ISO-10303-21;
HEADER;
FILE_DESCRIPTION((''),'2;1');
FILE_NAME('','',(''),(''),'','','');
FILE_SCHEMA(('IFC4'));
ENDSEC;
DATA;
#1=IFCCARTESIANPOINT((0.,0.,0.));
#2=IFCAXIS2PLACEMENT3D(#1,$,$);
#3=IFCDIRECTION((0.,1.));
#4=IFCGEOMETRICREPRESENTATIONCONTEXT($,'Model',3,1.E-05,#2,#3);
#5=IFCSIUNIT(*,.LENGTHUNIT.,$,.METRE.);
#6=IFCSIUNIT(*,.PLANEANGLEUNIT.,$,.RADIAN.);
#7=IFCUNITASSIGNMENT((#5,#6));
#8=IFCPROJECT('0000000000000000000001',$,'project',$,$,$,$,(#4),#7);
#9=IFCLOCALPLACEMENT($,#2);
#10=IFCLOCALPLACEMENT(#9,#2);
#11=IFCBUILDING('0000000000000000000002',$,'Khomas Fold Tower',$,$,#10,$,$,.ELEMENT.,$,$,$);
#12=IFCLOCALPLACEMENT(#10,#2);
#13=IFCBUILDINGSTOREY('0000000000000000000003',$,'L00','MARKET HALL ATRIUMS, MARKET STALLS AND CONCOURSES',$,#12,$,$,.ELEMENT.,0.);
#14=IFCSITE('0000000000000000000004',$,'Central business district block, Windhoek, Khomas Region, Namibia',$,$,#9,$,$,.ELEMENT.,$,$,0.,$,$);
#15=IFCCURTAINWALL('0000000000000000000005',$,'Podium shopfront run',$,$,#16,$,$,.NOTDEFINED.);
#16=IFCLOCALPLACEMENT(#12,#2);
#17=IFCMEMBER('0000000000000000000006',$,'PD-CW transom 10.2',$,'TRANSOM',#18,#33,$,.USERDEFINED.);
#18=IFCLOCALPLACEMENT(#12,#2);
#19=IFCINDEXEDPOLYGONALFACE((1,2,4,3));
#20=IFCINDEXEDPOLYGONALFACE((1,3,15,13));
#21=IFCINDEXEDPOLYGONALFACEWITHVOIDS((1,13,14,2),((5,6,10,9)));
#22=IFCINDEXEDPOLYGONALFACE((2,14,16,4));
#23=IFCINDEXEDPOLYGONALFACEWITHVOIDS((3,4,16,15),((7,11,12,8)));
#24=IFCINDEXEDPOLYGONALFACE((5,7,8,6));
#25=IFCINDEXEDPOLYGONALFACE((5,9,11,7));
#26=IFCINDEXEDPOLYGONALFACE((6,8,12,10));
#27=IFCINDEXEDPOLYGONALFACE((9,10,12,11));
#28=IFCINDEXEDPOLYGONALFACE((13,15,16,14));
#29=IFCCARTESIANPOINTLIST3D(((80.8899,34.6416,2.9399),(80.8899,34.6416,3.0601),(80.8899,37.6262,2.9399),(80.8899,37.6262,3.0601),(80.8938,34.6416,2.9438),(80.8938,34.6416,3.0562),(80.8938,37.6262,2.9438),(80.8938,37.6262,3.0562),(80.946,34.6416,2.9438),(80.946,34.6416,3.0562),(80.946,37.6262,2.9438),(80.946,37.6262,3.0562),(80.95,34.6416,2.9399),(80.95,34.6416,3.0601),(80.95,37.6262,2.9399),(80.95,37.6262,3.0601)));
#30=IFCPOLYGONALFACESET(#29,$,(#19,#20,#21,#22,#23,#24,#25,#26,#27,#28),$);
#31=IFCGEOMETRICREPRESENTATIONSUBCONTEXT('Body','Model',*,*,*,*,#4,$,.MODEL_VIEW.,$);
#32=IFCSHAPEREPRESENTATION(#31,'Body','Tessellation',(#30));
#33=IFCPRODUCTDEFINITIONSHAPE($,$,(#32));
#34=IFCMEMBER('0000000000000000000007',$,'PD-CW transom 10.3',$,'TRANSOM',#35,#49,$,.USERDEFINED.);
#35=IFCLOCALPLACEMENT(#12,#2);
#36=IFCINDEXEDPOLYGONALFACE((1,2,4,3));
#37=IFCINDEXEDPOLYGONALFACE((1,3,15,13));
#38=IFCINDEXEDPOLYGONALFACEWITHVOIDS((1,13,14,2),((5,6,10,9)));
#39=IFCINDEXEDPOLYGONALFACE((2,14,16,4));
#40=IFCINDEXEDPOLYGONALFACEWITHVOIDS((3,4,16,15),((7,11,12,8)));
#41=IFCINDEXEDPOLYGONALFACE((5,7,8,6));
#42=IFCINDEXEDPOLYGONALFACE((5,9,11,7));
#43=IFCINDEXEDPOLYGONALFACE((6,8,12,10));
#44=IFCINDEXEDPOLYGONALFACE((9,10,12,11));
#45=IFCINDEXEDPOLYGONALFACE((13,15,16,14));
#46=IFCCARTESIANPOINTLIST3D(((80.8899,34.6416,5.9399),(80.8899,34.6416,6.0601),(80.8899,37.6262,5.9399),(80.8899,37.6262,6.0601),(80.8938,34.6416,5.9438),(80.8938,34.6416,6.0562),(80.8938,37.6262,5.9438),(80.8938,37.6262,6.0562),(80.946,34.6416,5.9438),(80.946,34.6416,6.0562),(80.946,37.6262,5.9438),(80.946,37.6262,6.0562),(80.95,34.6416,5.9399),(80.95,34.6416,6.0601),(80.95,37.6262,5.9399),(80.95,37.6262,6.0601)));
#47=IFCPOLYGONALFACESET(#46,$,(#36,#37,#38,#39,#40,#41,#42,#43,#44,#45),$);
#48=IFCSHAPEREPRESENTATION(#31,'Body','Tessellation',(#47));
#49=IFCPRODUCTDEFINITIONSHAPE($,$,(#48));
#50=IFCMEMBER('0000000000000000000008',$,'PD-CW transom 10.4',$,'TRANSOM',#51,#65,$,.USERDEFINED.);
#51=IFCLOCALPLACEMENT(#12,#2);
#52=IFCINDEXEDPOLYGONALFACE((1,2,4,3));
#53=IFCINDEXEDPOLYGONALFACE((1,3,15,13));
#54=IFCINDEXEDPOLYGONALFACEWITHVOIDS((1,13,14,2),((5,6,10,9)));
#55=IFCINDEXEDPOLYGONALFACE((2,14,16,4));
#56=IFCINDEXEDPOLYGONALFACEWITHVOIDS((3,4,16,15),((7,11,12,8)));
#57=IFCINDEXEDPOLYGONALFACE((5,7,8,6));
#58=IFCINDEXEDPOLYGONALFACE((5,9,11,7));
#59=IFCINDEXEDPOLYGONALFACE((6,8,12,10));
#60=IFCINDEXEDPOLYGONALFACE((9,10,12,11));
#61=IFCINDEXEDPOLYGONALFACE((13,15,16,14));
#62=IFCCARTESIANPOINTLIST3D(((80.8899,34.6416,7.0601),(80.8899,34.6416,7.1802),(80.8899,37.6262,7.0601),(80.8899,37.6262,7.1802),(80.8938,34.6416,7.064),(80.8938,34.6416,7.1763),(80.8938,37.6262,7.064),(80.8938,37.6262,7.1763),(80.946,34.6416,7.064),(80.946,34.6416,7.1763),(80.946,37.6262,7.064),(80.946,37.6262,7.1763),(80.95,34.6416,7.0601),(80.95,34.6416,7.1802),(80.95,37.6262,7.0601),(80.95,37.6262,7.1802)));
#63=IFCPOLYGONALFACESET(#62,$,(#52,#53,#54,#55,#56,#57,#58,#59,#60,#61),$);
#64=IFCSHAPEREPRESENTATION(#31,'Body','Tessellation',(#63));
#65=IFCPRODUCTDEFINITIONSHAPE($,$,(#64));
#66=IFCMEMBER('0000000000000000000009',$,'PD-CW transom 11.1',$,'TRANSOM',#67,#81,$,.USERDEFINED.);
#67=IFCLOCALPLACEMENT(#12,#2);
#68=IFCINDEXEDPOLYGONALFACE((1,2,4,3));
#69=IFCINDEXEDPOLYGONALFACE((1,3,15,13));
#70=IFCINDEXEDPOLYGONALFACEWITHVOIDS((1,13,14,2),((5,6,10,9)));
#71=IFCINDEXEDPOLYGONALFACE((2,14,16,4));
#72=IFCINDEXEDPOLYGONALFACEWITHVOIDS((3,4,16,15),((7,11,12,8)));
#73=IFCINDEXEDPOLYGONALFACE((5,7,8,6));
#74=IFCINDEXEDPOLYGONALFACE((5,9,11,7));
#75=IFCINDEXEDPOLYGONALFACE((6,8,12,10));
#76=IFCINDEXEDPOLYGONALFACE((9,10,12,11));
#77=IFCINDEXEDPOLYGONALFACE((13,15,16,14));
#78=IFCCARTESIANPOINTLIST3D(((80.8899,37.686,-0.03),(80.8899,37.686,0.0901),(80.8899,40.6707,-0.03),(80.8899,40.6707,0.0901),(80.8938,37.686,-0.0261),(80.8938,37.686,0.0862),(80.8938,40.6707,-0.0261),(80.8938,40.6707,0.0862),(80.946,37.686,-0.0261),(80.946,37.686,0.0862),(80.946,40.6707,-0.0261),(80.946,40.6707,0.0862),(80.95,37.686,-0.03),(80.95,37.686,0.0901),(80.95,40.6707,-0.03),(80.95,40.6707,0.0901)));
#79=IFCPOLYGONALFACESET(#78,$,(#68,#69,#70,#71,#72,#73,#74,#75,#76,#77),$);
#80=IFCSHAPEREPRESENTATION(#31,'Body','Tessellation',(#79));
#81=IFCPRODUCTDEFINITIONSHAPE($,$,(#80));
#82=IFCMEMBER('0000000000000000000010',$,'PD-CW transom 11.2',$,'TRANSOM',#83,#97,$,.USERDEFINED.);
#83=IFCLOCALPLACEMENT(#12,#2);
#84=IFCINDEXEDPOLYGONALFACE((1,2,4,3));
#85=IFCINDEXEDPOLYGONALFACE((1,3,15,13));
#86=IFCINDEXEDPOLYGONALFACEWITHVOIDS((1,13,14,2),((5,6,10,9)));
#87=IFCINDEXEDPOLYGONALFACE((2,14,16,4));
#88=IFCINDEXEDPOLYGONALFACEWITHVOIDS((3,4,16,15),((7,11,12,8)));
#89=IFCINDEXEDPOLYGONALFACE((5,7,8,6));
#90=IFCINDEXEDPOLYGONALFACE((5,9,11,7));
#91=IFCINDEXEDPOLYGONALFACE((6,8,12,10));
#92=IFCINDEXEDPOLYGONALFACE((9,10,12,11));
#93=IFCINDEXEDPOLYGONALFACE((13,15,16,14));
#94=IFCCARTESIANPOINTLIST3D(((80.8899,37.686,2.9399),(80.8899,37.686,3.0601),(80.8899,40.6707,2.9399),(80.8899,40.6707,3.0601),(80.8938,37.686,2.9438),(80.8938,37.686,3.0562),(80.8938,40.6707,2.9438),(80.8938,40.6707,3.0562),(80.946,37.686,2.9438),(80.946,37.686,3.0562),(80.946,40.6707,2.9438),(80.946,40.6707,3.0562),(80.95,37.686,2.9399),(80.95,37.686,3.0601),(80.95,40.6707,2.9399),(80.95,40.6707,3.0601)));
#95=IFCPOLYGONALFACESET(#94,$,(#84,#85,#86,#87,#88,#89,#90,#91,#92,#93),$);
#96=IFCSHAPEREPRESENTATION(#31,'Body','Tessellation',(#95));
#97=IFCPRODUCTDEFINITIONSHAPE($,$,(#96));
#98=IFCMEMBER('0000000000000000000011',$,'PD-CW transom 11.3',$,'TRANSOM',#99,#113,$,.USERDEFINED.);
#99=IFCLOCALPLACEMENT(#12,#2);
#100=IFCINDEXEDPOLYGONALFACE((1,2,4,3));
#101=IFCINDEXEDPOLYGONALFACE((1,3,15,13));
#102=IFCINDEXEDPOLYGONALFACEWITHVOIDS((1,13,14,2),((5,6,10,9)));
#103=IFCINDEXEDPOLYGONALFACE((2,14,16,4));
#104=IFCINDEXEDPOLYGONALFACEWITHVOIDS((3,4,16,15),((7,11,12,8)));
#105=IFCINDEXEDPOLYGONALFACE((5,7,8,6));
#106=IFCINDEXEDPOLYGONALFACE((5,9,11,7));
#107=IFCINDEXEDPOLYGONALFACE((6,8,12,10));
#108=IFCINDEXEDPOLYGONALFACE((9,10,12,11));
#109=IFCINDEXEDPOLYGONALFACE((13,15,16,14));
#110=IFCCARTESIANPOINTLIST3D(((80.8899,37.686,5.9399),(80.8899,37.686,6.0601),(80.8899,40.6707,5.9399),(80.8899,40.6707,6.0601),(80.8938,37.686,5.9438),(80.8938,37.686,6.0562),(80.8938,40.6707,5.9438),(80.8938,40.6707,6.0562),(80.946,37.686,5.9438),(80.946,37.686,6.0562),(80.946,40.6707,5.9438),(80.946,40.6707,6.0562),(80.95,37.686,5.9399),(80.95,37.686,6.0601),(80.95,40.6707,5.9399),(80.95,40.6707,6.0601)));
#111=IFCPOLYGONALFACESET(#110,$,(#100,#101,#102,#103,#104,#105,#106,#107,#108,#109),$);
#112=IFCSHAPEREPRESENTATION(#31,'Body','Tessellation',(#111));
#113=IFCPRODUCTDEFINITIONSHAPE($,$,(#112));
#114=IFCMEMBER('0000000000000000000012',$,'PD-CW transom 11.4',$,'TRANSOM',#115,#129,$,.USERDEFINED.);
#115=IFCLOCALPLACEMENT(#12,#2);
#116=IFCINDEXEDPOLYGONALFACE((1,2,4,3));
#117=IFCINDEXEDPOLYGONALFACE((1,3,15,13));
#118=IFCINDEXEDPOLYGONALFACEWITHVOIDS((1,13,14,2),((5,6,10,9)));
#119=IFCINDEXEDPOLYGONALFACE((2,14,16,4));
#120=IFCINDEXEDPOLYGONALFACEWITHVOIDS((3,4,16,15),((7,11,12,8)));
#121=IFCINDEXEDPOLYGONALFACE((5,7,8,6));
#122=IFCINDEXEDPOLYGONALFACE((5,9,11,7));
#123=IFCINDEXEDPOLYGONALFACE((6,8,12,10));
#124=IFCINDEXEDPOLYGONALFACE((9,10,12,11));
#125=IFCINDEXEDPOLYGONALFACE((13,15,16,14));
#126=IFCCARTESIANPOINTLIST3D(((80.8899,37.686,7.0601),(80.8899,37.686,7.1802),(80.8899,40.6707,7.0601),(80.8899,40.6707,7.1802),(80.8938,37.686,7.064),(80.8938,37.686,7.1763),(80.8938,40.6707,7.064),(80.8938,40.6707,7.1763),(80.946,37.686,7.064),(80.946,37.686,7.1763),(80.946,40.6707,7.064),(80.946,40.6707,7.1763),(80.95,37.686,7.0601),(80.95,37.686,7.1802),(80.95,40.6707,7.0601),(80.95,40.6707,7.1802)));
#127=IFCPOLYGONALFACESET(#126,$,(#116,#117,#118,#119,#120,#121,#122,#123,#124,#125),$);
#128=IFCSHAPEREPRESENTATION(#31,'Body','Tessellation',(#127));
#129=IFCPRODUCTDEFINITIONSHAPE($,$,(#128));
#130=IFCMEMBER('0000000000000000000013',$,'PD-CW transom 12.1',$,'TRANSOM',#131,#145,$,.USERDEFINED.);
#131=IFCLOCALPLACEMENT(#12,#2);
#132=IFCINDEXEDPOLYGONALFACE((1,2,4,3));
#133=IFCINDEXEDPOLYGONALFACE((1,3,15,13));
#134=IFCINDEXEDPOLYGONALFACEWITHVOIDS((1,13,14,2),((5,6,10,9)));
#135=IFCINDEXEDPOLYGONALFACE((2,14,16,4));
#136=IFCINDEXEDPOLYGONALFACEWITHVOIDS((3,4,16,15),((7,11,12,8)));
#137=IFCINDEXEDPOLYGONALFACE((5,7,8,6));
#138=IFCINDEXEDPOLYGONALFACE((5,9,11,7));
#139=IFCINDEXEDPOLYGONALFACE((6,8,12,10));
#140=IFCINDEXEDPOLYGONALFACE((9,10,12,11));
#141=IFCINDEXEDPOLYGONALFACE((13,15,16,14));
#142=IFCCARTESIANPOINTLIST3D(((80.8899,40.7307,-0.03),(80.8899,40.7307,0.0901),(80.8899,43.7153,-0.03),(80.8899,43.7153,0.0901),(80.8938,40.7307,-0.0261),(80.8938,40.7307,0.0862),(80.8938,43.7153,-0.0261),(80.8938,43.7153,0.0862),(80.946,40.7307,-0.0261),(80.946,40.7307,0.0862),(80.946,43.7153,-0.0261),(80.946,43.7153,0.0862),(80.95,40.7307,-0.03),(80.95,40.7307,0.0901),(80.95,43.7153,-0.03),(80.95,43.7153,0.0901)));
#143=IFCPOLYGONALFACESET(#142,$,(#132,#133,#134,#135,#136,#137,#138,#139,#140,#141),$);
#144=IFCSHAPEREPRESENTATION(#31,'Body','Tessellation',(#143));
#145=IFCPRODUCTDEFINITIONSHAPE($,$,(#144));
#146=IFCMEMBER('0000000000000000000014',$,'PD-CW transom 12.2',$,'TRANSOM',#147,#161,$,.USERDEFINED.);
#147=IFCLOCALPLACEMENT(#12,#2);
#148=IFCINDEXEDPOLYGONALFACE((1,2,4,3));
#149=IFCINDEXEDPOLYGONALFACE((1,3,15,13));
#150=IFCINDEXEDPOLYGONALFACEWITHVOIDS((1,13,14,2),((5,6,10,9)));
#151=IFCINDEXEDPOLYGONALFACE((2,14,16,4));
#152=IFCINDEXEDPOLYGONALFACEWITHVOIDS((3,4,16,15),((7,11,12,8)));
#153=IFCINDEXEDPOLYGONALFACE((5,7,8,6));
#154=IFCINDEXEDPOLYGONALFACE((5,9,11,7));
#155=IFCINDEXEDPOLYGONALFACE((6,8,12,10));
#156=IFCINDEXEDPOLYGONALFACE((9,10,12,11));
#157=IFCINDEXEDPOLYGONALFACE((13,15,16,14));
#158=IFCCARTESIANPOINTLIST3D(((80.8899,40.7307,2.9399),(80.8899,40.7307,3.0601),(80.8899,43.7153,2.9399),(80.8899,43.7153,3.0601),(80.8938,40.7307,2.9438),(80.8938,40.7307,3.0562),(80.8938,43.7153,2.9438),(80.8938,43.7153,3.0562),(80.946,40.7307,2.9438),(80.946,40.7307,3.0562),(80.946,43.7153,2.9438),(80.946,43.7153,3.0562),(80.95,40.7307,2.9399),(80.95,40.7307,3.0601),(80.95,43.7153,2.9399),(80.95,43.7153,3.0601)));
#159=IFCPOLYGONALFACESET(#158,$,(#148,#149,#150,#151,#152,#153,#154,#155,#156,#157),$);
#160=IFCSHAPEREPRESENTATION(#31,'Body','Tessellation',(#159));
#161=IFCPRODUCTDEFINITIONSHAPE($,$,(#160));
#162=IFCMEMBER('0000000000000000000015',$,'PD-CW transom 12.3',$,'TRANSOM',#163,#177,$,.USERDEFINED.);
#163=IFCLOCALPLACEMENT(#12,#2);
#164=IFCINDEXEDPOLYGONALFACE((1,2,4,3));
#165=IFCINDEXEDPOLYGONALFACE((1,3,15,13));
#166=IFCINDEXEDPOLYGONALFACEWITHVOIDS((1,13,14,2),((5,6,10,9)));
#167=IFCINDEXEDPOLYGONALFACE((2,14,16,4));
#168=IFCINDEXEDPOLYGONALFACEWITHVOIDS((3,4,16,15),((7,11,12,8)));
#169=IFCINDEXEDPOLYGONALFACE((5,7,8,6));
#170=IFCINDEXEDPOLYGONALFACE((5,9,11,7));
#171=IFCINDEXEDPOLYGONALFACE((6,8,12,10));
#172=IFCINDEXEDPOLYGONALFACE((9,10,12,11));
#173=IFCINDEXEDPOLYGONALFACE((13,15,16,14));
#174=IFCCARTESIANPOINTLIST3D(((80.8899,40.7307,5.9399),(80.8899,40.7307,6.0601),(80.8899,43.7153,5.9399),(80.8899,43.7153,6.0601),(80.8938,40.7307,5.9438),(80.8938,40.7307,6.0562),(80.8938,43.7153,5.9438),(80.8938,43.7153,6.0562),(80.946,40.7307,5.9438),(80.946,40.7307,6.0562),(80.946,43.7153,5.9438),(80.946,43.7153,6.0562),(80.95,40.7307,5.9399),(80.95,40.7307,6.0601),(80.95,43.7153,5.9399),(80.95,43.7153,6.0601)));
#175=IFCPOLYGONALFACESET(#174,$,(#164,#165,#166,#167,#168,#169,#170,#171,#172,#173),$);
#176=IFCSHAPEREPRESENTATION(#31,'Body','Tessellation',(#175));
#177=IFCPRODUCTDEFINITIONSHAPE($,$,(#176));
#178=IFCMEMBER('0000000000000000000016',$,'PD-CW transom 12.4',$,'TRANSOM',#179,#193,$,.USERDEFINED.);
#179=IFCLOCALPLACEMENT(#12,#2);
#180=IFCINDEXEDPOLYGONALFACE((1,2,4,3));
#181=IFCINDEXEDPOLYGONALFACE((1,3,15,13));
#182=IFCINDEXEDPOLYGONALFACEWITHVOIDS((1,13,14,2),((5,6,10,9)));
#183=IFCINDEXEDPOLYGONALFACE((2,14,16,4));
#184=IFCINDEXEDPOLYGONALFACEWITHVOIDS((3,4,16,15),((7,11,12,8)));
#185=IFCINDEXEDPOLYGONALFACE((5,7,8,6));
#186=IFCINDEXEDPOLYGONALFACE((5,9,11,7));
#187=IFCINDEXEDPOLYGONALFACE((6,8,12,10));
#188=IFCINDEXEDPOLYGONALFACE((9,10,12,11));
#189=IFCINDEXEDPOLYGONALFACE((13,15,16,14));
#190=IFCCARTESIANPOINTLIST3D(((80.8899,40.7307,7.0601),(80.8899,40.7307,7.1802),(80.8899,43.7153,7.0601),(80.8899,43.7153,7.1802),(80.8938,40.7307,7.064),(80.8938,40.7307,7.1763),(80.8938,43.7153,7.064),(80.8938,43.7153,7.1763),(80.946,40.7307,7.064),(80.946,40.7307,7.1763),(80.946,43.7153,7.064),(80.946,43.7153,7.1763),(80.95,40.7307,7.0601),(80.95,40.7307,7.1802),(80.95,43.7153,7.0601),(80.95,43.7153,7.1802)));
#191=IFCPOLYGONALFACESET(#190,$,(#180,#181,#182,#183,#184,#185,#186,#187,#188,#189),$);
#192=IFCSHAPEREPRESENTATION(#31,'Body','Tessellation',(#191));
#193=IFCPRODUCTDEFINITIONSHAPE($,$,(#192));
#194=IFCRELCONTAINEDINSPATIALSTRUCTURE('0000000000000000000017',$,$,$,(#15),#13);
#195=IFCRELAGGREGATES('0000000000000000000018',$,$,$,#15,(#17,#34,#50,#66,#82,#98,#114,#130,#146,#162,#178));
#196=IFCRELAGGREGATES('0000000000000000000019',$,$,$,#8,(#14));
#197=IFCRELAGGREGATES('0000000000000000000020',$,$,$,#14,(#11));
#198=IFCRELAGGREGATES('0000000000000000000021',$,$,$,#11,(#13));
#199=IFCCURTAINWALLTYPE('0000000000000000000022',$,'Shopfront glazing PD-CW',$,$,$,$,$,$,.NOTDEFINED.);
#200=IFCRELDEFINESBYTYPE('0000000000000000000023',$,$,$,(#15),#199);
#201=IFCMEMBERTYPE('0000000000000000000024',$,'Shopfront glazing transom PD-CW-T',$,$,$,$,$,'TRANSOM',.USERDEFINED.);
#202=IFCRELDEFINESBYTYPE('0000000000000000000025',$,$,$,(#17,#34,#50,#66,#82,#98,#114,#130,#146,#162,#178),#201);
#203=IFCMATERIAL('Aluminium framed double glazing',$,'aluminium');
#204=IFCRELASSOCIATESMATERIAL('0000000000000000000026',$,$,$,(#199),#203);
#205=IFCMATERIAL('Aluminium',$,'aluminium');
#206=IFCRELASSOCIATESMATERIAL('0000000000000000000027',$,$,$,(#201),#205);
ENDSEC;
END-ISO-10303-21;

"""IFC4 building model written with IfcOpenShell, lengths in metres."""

from ifc_helpers import new_model, si_unit, direction, frame, origin, origin_2d, place, context, subcontext, project, spatial, hollow_rectangle, extrude, source, transform, mapped, material, material_profile, profile_set, type_object, element, aggregate, save


model = new_model("IFC4")

# Units and contexts
model_context = context("Model", 3, precision=1e-05, world=origin(), true_north=direction((0.0, 1.0)))
body_context = subcontext(model_context, "Body", "Model", "MODEL_VIEW")
ifc_project = project(units=[si_unit("LENGTHUNIT", "METRE"), si_unit("PLANEANGLEUNIT", "RADIAN")], contexts=[model_context])

# Site, building, storey
site_placement = place(None, origin())
site = spatial("IfcSite", under=ifc_project, at=site_placement, Name="Central business district block, Windhoek, Khomas Region, Namibia", CompositionType="ELEMENT", RefElevation=0.0)
building_placement = place(site_placement, origin())
building = spatial("IfcBuilding", under=site, at=building_placement, Name="Khomas Fold Tower", CompositionType="ELEMENT")
storey_placement = place(building_placement, origin())
storey = spatial("IfcBuildingStorey", under=building, at=storey_placement, Name="L00", Description="MARKET HALL ATRIUMS, MARKET STALLS AND CONCOURSES", CompositionType="ELEMENT", Elevation=0.0)

# Curtain wall, members
ifc_material_1 = material(Name="Aluminium framed double glazing", Category="aluminium")
curtain_wall_type = type_object("IfcCurtainWallType", Name="Shopfront glazing PD-CW", PredefinedType="NOTDEFINED", material=ifc_material_1)
curtain_wall_placement = place(storey_placement, origin())
curtain_wall = element("IfcCurtainWall", 1, at=curtain_wall_placement, inside=storey, type_object=curtain_wall_type, Name="Podium shopfront run", PredefinedType="NOTDEFINED")
ifc_material_2 = material(Name="Aluminium", Category="aluminium")
ifc_material_profile_1 = material_profile(ifc_material_2, hollow_rectangle(XDim=0.0601, YDim=0.1201, WallThickness=0.0039, at=origin_2d()), Name="Shopfront glazing transom PD-CW-T")
ifc_profile_set_1 = profile_set([ifc_material_profile_1], Name="Aluminium")
member_type_1 = type_object("IfcMemberType", Name="Shopfront glazing transom PD-CW-T", ElementType="TRANSOM", PredefinedType="USERDEFINED", material=ifc_profile_set_1)
shared_shape_1 = source(origin(), body_context, "Body", "SweptSolid", [
    extrude(hollow_rectangle(XDim=0.0601, YDim=0.1201, WallThickness=0.0039, at=origin_2d()), origin(), (0.0, 0.0, 1.0), 2.9846),
])
member_1_placement = place(storey_placement, frame((80.9199, 34.6416, 3.0), z_axis=(0.0, 1.0, 0.0), x_axis=(-1.0, 0.0, 0.0)))
member_1 = element("IfcMember", 2, at=member_1_placement, type_object=member_type_1, Name="PD-CW transom 10.2", ObjectType="TRANSOM", PredefinedType="USERDEFINED", context=body_context, shape_type="MappedRepresentation", body=[
    mapped(shared_shape_1, transform((0.0, 0.0, 0.0))),
])
member_2_placement = place(storey_placement, frame((80.9199, 34.6416, 6.0), z_axis=(0.0, 1.0, 0.0), x_axis=(-1.0, 0.0, 0.0)))
member_2 = element("IfcMember", 3, at=member_2_placement, type_object=member_type_1, Name="PD-CW transom 10.3", ObjectType="TRANSOM", PredefinedType="USERDEFINED", context=body_context, shape_type="MappedRepresentation", body=[
    mapped(shared_shape_1, transform((0.0, 0.0, 0.0))),
])
member_3_placement = place(storey_placement, frame((80.9199, 34.6416, 7.1201), z_axis=(0.0, 1.0, 0.0), x_axis=(-1.0, 0.0, 0.0)))
member_3 = element("IfcMember", 4, at=member_3_placement, type_object=member_type_1, Name="PD-CW transom 10.4", ObjectType="TRANSOM", PredefinedType="USERDEFINED", context=body_context, shape_type="MappedRepresentation", body=[
    mapped(shared_shape_1, transform((0.0, 0.0, 0.0))),
])
member_4_placement = place(storey_placement, frame((80.9199, 37.686, 0.03), z_axis=(0.0, 1.0, 0.0), x_axis=(-1.0, 0.0, 0.0)))
member_4 = element("IfcMember", 5, at=member_4_placement, type_object=member_type_1, Name="PD-CW transom 11.1", ObjectType="TRANSOM", PredefinedType="USERDEFINED", context=body_context, shape_type="MappedRepresentation", body=[
    mapped(shared_shape_1, transform((0.0, 0.0, 0.0))),
])
member_5_placement = place(storey_placement, frame((80.9199, 37.686, 3.0), z_axis=(0.0, 1.0, 0.0), x_axis=(-1.0, 0.0, 0.0)))
member_5 = element("IfcMember", 6, at=member_5_placement, type_object=member_type_1, Name="PD-CW transom 11.2", ObjectType="TRANSOM", PredefinedType="USERDEFINED", context=body_context, shape_type="MappedRepresentation", body=[
    mapped(shared_shape_1, transform((0.0, 0.0, 0.0))),
])
member_6_placement = place(storey_placement, frame((80.9199, 37.686, 6.0), z_axis=(0.0, 1.0, 0.0), x_axis=(-1.0, 0.0, 0.0)))
member_6 = element("IfcMember", 7, at=member_6_placement, type_object=member_type_1, Name="PD-CW transom 11.3", ObjectType="TRANSOM", PredefinedType="USERDEFINED", context=body_context, shape_type="MappedRepresentation", body=[
    mapped(shared_shape_1, transform((0.0, 0.0, 0.0))),
])
member_7_placement = place(storey_placement, frame((80.9199, 37.686, 7.1201), z_axis=(0.0, 1.0, 0.0), x_axis=(-1.0, 0.0, 0.0)))
member_7 = element("IfcMember", 8, at=member_7_placement, type_object=member_type_1, Name="PD-CW transom 11.4", ObjectType="TRANSOM", PredefinedType="USERDEFINED", context=body_context, shape_type="MappedRepresentation", body=[
    mapped(shared_shape_1, transform((0.0, 0.0, 0.0))),
])
member_8_placement = place(storey_placement, frame((80.9199, 40.7307, 0.03), z_axis=(0.0, 1.0, 0.0), x_axis=(-1.0, 0.0, 0.0)))
member_8 = element("IfcMember", 9, at=member_8_placement, type_object=member_type_1, Name="PD-CW transom 12.1", ObjectType="TRANSOM", PredefinedType="USERDEFINED", context=body_context, shape_type="MappedRepresentation", body=[
    mapped(shared_shape_1, transform((0.0, 0.0, 0.0))),
])
member_9_placement = place(storey_placement, frame((80.9199, 40.7307, 3.0), z_axis=(0.0, 1.0, 0.0), x_axis=(-1.0, 0.0, 0.0)))
member_9 = element("IfcMember", 10, at=member_9_placement, type_object=member_type_1, Name="PD-CW transom 12.2", ObjectType="TRANSOM", PredefinedType="USERDEFINED", context=body_context, shape_type="MappedRepresentation", body=[
    mapped(shared_shape_1, transform((0.0, 0.0, 0.0))),
])
member_10_placement = place(storey_placement, frame((80.9199, 40.7307, 6.0), z_axis=(0.0, 1.0, 0.0), x_axis=(-1.0, 0.0, 0.0)))
member_10 = element("IfcMember", 11, at=member_10_placement, type_object=member_type_1, Name="PD-CW transom 12.3", ObjectType="TRANSOM", PredefinedType="USERDEFINED", context=body_context, shape_type="MappedRepresentation", body=[
    mapped(shared_shape_1, transform((0.0, 0.0, 0.0))),
])
member_11_placement = place(storey_placement, frame((80.9199, 40.7307, 7.1201), z_axis=(0.0, 1.0, 0.0), x_axis=(-1.0, 0.0, 0.0)))
member_11 = element("IfcMember", 12, at=member_11_placement, type_object=member_type_1, Name="PD-CW transom 12.4", ObjectType="TRANSOM", PredefinedType="USERDEFINED", context=body_context, shape_type="MappedRepresentation", body=[
    mapped(shared_shape_1, transform((0.0, 0.0, 0.0))),
])
aggregate(curtain_wall, [member_1, member_2, member_3, member_4, member_5, member_6, member_7, member_8, member_9, member_10, member_11])

save(model, "model.ifc")
